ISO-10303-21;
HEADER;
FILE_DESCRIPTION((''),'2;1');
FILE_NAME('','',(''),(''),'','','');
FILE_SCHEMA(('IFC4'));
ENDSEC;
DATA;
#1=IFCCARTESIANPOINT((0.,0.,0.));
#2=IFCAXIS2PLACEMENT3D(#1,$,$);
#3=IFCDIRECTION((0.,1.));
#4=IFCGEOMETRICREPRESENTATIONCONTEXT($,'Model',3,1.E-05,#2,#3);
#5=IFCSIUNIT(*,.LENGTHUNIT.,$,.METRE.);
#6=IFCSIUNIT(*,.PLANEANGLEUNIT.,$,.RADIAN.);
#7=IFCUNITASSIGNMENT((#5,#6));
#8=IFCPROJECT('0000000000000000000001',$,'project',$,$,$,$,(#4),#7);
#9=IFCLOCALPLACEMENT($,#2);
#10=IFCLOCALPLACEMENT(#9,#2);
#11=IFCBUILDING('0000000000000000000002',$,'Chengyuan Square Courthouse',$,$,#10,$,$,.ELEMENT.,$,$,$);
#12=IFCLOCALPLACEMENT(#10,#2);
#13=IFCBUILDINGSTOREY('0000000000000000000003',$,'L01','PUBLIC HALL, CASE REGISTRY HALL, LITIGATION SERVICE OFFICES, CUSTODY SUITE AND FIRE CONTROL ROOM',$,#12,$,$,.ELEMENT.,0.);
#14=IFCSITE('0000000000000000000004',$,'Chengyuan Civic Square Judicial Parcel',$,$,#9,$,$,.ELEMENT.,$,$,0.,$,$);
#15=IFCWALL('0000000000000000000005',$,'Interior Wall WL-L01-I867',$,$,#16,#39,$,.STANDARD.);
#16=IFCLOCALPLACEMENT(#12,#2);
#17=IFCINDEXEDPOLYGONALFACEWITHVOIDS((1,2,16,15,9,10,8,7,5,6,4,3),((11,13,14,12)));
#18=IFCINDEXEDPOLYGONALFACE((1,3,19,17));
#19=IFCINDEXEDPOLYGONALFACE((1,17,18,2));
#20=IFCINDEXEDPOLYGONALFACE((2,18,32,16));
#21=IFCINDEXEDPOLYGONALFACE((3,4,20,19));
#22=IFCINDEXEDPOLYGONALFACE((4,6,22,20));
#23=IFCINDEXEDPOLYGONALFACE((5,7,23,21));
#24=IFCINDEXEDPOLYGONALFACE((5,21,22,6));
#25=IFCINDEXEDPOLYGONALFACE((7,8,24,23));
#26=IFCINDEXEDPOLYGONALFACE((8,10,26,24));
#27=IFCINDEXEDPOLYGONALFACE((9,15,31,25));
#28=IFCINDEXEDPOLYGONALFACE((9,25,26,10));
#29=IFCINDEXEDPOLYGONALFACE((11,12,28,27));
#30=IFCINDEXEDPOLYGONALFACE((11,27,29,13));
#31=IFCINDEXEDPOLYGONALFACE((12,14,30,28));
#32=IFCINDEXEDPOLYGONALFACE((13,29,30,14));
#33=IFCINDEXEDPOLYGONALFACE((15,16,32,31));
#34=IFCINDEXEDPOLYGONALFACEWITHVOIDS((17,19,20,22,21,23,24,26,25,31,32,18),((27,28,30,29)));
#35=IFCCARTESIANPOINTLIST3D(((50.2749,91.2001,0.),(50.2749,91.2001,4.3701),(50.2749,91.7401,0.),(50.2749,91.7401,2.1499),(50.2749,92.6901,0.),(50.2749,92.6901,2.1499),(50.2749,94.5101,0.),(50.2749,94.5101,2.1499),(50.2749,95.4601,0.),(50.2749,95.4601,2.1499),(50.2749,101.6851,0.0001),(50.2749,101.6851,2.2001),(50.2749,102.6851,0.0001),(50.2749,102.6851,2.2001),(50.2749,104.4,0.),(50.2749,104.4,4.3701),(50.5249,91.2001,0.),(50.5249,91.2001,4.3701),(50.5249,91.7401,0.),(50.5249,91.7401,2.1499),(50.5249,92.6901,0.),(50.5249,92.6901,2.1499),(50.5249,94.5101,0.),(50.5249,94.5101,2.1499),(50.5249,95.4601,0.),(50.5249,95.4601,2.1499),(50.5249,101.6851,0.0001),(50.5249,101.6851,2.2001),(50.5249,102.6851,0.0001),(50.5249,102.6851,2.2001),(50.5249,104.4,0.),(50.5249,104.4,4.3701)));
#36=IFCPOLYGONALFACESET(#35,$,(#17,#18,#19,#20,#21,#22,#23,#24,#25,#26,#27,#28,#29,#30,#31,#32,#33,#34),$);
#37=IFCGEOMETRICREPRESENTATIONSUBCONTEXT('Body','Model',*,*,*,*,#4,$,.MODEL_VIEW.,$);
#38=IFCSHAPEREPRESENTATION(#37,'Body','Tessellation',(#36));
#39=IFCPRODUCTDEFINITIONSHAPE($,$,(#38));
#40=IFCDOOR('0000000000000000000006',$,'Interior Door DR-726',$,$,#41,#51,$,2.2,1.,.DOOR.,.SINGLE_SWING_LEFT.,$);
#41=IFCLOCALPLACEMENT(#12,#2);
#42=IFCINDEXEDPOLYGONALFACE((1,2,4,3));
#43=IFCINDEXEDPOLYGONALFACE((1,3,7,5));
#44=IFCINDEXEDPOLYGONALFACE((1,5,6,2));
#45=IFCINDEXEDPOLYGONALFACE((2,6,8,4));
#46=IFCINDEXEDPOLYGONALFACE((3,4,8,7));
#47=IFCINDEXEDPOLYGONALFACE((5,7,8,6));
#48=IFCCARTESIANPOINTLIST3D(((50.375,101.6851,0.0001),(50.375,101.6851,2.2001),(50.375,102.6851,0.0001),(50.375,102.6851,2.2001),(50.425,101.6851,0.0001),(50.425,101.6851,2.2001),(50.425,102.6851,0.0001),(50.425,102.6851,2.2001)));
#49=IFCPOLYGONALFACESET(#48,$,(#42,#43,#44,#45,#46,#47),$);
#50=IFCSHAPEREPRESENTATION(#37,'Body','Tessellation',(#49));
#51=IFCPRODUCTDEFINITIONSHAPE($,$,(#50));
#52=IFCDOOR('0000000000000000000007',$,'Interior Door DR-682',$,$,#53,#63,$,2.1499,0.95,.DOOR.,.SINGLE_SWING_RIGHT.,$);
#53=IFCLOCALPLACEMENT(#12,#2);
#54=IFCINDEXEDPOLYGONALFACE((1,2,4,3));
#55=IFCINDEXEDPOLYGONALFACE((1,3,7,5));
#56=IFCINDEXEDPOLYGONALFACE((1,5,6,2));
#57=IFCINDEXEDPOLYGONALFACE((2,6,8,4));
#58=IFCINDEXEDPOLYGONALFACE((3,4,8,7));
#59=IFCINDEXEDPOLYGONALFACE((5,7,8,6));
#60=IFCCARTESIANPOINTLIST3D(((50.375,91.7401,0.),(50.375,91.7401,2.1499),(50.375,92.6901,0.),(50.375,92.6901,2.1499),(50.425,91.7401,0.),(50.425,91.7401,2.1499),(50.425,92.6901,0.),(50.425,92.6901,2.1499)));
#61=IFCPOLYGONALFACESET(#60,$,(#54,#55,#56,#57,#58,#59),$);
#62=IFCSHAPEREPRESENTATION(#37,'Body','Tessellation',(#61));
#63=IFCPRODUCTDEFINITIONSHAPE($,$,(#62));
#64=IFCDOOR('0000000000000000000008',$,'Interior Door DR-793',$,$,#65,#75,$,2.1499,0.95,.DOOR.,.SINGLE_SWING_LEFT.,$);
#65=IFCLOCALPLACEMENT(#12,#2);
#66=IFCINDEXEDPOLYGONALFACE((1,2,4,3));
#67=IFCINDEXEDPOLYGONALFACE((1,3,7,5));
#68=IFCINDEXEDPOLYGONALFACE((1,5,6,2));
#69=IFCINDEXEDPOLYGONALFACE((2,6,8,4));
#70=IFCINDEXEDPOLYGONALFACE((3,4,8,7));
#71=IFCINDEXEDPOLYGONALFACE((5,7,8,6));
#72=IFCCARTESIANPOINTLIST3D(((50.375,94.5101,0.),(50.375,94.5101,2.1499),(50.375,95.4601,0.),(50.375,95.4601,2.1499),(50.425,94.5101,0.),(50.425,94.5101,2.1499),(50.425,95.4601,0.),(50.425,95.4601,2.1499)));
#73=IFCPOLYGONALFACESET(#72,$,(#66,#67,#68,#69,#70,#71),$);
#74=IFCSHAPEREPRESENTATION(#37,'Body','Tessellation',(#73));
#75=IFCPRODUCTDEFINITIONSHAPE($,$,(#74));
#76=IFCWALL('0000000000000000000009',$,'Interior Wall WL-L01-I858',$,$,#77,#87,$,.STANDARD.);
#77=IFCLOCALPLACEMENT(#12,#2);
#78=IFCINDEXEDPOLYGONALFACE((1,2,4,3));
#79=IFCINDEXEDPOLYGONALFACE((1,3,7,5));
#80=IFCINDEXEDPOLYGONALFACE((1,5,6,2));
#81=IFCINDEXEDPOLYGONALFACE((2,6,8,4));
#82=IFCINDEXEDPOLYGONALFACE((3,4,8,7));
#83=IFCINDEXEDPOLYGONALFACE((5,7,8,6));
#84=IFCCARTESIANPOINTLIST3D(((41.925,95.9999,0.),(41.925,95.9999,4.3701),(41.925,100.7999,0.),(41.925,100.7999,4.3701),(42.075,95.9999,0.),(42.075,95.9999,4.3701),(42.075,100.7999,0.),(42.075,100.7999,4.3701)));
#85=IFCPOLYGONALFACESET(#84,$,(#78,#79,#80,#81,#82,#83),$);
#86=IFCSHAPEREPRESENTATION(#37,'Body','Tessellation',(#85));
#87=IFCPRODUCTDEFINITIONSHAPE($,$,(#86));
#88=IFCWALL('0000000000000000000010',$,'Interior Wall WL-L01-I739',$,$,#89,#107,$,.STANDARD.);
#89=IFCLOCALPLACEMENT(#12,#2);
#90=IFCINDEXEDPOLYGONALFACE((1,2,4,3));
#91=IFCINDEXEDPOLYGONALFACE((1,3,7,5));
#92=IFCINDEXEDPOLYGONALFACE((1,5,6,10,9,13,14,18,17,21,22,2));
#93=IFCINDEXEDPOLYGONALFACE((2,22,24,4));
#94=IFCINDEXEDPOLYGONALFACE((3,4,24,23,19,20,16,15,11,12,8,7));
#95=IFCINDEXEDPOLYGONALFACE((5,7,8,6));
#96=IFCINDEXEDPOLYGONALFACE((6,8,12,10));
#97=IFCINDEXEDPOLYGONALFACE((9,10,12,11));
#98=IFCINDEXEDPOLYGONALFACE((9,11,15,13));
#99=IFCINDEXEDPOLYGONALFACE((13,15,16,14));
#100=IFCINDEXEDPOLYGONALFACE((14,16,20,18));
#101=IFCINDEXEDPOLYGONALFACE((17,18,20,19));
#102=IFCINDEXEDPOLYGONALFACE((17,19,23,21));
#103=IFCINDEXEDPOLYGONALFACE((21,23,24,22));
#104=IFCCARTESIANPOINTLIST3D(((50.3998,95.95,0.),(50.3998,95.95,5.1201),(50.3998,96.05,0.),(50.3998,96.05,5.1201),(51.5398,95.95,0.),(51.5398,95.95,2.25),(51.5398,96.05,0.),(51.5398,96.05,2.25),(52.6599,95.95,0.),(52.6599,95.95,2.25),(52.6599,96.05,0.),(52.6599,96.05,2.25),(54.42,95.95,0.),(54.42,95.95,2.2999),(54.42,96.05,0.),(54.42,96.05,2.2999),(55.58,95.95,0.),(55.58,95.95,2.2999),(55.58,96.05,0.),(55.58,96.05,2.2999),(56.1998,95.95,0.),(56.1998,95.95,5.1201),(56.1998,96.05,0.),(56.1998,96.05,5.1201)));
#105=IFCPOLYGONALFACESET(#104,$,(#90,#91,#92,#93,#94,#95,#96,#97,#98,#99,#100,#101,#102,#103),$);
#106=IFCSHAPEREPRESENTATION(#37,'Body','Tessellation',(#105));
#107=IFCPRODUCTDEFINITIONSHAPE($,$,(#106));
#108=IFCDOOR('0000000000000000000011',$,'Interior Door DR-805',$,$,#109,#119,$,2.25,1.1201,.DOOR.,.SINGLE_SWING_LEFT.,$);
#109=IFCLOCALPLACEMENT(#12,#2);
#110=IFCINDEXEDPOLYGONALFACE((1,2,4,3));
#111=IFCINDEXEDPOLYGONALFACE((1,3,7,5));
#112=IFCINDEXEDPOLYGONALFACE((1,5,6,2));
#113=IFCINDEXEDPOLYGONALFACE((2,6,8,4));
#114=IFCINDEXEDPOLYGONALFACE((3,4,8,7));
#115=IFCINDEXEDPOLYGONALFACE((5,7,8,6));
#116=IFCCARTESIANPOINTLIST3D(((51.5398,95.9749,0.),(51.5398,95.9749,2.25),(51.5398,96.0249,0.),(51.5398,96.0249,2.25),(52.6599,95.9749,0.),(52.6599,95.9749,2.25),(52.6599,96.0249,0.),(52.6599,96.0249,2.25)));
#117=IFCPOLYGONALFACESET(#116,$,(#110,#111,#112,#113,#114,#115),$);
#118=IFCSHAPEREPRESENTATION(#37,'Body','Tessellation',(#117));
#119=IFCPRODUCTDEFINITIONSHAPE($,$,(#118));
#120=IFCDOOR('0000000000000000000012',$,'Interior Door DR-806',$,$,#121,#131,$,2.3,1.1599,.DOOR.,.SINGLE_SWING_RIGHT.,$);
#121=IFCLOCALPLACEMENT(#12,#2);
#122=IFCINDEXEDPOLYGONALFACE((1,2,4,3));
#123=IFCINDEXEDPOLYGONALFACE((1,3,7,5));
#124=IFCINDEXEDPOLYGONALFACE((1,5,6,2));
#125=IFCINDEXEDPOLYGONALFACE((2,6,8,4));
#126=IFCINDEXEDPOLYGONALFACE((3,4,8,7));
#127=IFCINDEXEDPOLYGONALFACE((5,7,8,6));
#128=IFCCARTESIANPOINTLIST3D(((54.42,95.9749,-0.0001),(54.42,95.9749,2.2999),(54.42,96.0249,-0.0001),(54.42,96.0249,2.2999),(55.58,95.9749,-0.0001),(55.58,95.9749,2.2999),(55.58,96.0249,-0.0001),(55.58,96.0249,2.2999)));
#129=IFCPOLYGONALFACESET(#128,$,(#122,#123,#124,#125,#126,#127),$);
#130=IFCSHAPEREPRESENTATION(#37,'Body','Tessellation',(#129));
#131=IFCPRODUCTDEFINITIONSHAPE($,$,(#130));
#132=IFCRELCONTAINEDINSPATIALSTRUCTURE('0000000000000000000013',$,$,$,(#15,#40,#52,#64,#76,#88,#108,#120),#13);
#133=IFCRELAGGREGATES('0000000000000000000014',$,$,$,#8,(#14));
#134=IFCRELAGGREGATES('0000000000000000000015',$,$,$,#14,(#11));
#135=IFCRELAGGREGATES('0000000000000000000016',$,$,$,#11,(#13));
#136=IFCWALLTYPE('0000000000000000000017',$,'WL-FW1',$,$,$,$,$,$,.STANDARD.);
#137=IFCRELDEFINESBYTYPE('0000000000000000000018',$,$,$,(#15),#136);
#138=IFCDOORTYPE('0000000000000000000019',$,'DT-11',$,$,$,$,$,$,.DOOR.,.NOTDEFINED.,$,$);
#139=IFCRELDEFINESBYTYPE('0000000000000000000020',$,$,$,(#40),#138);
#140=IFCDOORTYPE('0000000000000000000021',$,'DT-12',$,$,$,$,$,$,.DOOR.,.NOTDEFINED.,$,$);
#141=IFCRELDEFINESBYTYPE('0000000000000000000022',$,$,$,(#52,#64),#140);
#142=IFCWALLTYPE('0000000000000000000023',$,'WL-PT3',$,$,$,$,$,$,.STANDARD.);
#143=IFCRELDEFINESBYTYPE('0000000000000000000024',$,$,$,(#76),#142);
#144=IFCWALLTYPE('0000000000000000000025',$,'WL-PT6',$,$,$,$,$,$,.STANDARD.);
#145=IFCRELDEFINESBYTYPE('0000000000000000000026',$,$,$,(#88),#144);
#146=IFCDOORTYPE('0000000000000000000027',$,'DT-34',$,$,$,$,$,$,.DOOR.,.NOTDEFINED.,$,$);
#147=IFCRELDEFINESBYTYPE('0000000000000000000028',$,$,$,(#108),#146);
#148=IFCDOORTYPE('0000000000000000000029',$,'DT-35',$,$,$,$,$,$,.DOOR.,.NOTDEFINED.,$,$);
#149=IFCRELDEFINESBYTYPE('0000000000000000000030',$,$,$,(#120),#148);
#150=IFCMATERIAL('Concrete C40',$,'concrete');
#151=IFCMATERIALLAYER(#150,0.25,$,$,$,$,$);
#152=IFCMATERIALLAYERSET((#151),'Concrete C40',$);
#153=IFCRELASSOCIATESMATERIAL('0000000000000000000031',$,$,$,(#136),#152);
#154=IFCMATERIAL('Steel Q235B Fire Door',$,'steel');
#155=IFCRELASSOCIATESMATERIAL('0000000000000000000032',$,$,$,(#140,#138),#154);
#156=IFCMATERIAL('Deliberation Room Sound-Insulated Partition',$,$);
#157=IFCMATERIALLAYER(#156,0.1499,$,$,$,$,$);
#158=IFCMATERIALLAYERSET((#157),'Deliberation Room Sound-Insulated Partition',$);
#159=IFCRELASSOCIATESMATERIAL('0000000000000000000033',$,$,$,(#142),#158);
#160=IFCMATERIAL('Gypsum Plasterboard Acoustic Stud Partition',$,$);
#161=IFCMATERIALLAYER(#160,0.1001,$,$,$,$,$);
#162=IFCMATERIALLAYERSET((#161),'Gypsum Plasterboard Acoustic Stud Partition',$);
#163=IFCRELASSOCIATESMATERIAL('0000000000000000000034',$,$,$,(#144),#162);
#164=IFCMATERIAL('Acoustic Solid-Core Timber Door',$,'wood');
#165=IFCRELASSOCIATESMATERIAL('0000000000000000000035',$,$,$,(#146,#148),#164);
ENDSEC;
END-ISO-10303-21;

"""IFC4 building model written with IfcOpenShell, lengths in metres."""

from ifc_helpers import new_model, si_unit, direction, frame, frame_2d, origin, place, context, subcontext, project, spatial, rectangle, extrude, material, layer, layer_set, type_object, element, fill, save


model = new_model("IFC4")

# Units and contexts
model_context = context("Model", 3, precision=1e-05, world=origin(), true_north=direction((0.0, 1.0)))
body_context = subcontext(model_context, "Body", "Model", "MODEL_VIEW")
ifc_project = project(units=[si_unit("LENGTHUNIT", "METRE"), si_unit("PLANEANGLEUNIT", "RADIAN")], contexts=[model_context])

# Site, building, storey
site_placement = place(None, origin())
site = spatial("IfcSite", under=ifc_project, at=site_placement, Name="Chengyuan Civic Square Judicial Parcel", CompositionType="ELEMENT", RefElevation=0.0)
building_placement = place(site_placement, origin())
building = spatial("IfcBuilding", under=site, at=building_placement, Name="Chengyuan Square Courthouse", CompositionType="ELEMENT")
storey_placement = place(building_placement, origin())
storey = spatial("IfcBuildingStorey", under=building, at=storey_placement, Name="L01", Description="PUBLIC HALL, CASE REGISTRY HALL, LITIGATION SERVICE OFFICES, CUSTODY SUITE AND FIRE CONTROL ROOM", CompositionType="ELEMENT", Elevation=0.0)

# Shared definitions
ifc_material_1 = material(Name="Concrete C40", Category="concrete")

# Shared definitions
ifc_layer_1 = layer(ifc_material_1, 0.25)
ifc_layer_set_1 = layer_set([ifc_layer_1], Name="Concrete C40")
wall_type_1 = type_object("IfcWallType", Name="WL-FW1", PredefinedType="STANDARD", material=ifc_layer_set_1)

# Wall, openings, doors
ifc_material_2 = material(Name="Steel Q235B Fire Door", Category="steel")
door_type_1 = type_object("IfcDoorType", Name="DT-12", OperationType="NOTDEFINED", PredefinedType="DOOR", material=ifc_material_2)
wall_1_placement = place(storey_placement, frame((50.3999, 91.2, 0.0), z_axis=(0.0, 0.0, 1.0), x_axis=(0.0, 1.0, 0.0)))
wall_1 = element("IfcWall", 1, at=wall_1_placement, inside=storey, type_object=wall_type_1, Name="Interior Wall WL-L01-I867", PredefinedType="STANDARD", context=body_context, shape_type="SweptSolid", body=[
    extrude(rectangle(XDim=13.2, YDim=0.25, at=frame_2d((6.6001, 0.0))), origin(), (0.0, 0.0, 1.0), 4.3701),
])
opening_1_placement = place(wall_1_placement, frame((0.54, 0.0, 0.0)))
opening_1 = element("IfcOpeningElement", 2, at=opening_1_placement, cuts=wall_1, PredefinedType="OPENING", context=body_context, shape_type="SweptSolid", body=[
    extrude(rectangle(XDim=0.95, YDim=2.1499, at=frame_2d((0.4751, 1.075))), frame((0.0, 0.137, 0.0), z_axis=(0.0, -1.0, 0.0), x_axis=(1.0, 0.0, 0.0)), (0.0, 0.0, 1.0), 0.2739),
])
opening_2_placement = place(wall_1_placement, frame((10.4851, 0.0, 0.0)))
opening_2 = element("IfcOpeningElement", 3, at=opening_2_placement, cuts=wall_1, PredefinedType="OPENING", context=body_context, shape_type="SweptSolid", body=[
    extrude(rectangle(XDim=1.0, YDim=2.2, at=frame_2d((0.5, 1.1001))), frame((0.0, 0.137, 0.0), z_axis=(0.0, -1.0, 0.0), x_axis=(1.0, 0.0, 0.0)), (0.0, 0.0, 1.0), 0.2739),
])
opening_3_placement = place(wall_1_placement, frame((3.3101, 0.0, 0.0)))
opening_3 = element("IfcOpeningElement", 4, at=opening_3_placement, cuts=wall_1, PredefinedType="OPENING", context=body_context, shape_type="SweptSolid", body=[
    extrude(rectangle(XDim=0.95, YDim=2.1499, at=frame_2d((0.4751, 1.075))), frame((0.0, 0.137, 0.0), z_axis=(0.0, -1.0, 0.0), x_axis=(1.0, 0.0, 0.0)), (0.0, 0.0, 1.0), 0.2739),
])
door_type_2 = type_object("IfcDoorType", Name="DT-11", OperationType="NOTDEFINED", PredefinedType="DOOR", material=ifc_material_2)
door_1_placement = place(opening_2_placement, origin())
door_1 = element("IfcDoor", 5, at=door_1_placement, inside=storey, type_object=door_type_2, Name="Interior Door DR-726", OperationType="SINGLE_SWING_LEFT", OverallHeight=2.2, OverallWidth=1.0, PredefinedType="DOOR", context=body_context, shape_type="SweptSolid", body=[
    extrude(rectangle(XDim=1.0, YDim=2.2, at=frame_2d((0.5, 1.1001))), frame((0.0, 0.0249, 0.0), z_axis=(0.0, -1.0, 0.0), x_axis=(1.0, 0.0, 0.0)), (0.0, 0.0, 1.0), 0.05),
])
fill(opening_2, door_1)
door_2_placement = place(opening_1_placement, origin())
door_2 = element("IfcDoor", 6, at=door_2_placement, inside=storey, type_object=door_type_1, Name="Interior Door DR-682", OperationType="SINGLE_SWING_RIGHT", OverallHeight=2.1499, OverallWidth=0.95, PredefinedType="DOOR", context=body_context, shape_type="SweptSolid", body=[
    extrude(rectangle(XDim=0.95, YDim=2.1499, at=frame_2d((0.4751, 1.075))), frame((0.0, 0.0249, 0.0), z_axis=(0.0, -1.0, 0.0), x_axis=(1.0, 0.0, 0.0)), (0.0, 0.0, 1.0), 0.05),
])
fill(opening_1, door_2)
door_3_placement = place(opening_3_placement, origin())
door_3 = element("IfcDoor", 7, at=door_3_placement, inside=storey, type_object=door_type_1, Name="Interior Door DR-793", OperationType="SINGLE_SWING_LEFT", OverallHeight=2.1499, OverallWidth=0.95, PredefinedType="DOOR", context=body_context, shape_type="SweptSolid", body=[
    extrude(rectangle(XDim=0.95, YDim=2.1499, at=frame_2d((0.4751, 1.075))), frame((0.0, 0.0249, 0.0), z_axis=(0.0, -1.0, 0.0), x_axis=(1.0, 0.0, 0.0)), (0.0, 0.0, 1.0), 0.05),
])
fill(opening_3, door_3)

# Wall
ifc_material_3 = material(Name="Deliberation Room Sound-Insulated Partition")
ifc_layer_2 = layer(ifc_material_3, 0.1499)
ifc_layer_set_2 = layer_set([ifc_layer_2], Name="Deliberation Room Sound-Insulated Partition")
wall_type_2 = type_object("IfcWallType", Name="WL-PT3", PredefinedType="STANDARD", material=ifc_layer_set_2)
wall_2_placement = place(storey_placement, frame((42.0, 96.0, 0.0), z_axis=(0.0, 0.0, 1.0), x_axis=(0.0, 1.0, 0.0)))
element("IfcWall", 8, at=wall_2_placement, inside=storey, type_object=wall_type_2, Name="Interior Wall WL-L01-I858", PredefinedType="STANDARD", context=body_context, shape_type="SweptSolid", body=[
    extrude(rectangle(XDim=4.8, YDim=0.1499, at=frame_2d((2.3999, 0.0))), origin(), (0.0, 0.0, 1.0), 4.3701),
])

# Wall, openings, doors
ifc_material_4 = material(Name="Gypsum Plasterboard Acoustic Stud Partition")
ifc_layer_3 = layer(ifc_material_4, 0.1001)
ifc_layer_set_3 = layer_set([ifc_layer_3], Name="Gypsum Plasterboard Acoustic Stud Partition")
wall_type_3 = type_object("IfcWallType", Name="WL-PT6", PredefinedType="STANDARD", material=ifc_layer_set_3)
wall_3_placement = place(storey_placement, frame((50.3999, 96.0, 0.0), z_axis=(0.0, 0.0, 1.0), x_axis=(1.0, 0.0, 0.0)))
wall_3 = element("IfcWall", 9, at=wall_3_placement, inside=storey, type_object=wall_type_3, Name="Interior Wall WL-L01-I739", PredefinedType="STANDARD", context=body_context, shape_type="SweptSolid", body=[
    extrude(rectangle(XDim=5.8, YDim=0.1001, at=frame_2d((2.8999, 0.0))), origin(), (0.0, 0.0, 1.0), 5.1201),
])
opening_4_placement = place(wall_3_placement, frame((1.1399, 0.0, 0.0)))
opening_4 = element("IfcOpeningElement", 10, at=opening_4_placement, cuts=wall_3, PredefinedType="OPENING", context=body_context, shape_type="SweptSolid", body=[
    extrude(rectangle(XDim=1.1201, YDim=2.25, at=frame_2d((0.5601, 1.125))), frame((0.0, 0.062, 0.0), z_axis=(0.0, -1.0, 0.0), x_axis=(1.0, 0.0, 0.0)), (0.0, 0.0, 1.0), 0.124),
])
opening_5_placement = place(wall_3_placement, frame((4.02, 0.0, 0.0)))
opening_5 = element("IfcOpeningElement", 11, at=opening_5_placement, cuts=wall_3, PredefinedType="OPENING", context=body_context, shape_type="SweptSolid", body=[
    extrude(rectangle(XDim=1.1599, YDim=2.3, at=frame_2d((0.5801, 1.1499))), frame((0.0, 0.062, 0.0), z_axis=(0.0, -1.0, 0.0), x_axis=(1.0, 0.0, 0.0)), (0.0, 0.0, 1.0), 0.124),
])
ifc_material_5 = material(Name="Acoustic Solid-Core Timber Door", Category="wood")
door_type_3 = type_object("IfcDoorType", Name="DT-34", OperationType="NOTDEFINED", PredefinedType="DOOR", material=ifc_material_5)
door_4_placement = place(opening_4_placement, origin())
door_4 = element("IfcDoor", 12, at=door_4_placement, inside=storey, type_object=door_type_3, Name="Interior Door DR-805", OperationType="SINGLE_SWING_LEFT", OverallHeight=2.25, OverallWidth=1.1201, PredefinedType="DOOR", context=body_context, shape_type="SweptSolid", body=[
    extrude(rectangle(XDim=1.1201, YDim=2.25, at=frame_2d((0.5601, 1.125))), frame((0.0, 0.0249, 0.0), z_axis=(0.0, -1.0, 0.0), x_axis=(1.0, 0.0, 0.0)), (0.0, 0.0, 1.0), 0.05),
])
fill(opening_4, door_4)
door_type_4 = type_object("IfcDoorType", Name="DT-35", OperationType="NOTDEFINED", PredefinedType="DOOR", material=ifc_material_5)
door_5_placement = place(opening_5_placement, origin())
door_5 = element("IfcDoor", 13, at=door_5_placement, inside=storey, type_object=door_type_4, Name="Interior Door DR-806", OperationType="SINGLE_SWING_RIGHT", OverallHeight=2.3, OverallWidth=1.1599, PredefinedType="DOOR", context=body_context, shape_type="SweptSolid", body=[
    extrude(rectangle(XDim=1.1599, YDim=2.3, at=frame_2d((0.5801, 1.1499))), frame((0.0, 0.0249, 0.0), z_axis=(0.0, -1.0, 0.0), x_axis=(1.0, 0.0, 0.0)), (0.0, 0.0, 1.0), 0.05),
])
fill(opening_5, door_5)

save(model, "model.ifc")
